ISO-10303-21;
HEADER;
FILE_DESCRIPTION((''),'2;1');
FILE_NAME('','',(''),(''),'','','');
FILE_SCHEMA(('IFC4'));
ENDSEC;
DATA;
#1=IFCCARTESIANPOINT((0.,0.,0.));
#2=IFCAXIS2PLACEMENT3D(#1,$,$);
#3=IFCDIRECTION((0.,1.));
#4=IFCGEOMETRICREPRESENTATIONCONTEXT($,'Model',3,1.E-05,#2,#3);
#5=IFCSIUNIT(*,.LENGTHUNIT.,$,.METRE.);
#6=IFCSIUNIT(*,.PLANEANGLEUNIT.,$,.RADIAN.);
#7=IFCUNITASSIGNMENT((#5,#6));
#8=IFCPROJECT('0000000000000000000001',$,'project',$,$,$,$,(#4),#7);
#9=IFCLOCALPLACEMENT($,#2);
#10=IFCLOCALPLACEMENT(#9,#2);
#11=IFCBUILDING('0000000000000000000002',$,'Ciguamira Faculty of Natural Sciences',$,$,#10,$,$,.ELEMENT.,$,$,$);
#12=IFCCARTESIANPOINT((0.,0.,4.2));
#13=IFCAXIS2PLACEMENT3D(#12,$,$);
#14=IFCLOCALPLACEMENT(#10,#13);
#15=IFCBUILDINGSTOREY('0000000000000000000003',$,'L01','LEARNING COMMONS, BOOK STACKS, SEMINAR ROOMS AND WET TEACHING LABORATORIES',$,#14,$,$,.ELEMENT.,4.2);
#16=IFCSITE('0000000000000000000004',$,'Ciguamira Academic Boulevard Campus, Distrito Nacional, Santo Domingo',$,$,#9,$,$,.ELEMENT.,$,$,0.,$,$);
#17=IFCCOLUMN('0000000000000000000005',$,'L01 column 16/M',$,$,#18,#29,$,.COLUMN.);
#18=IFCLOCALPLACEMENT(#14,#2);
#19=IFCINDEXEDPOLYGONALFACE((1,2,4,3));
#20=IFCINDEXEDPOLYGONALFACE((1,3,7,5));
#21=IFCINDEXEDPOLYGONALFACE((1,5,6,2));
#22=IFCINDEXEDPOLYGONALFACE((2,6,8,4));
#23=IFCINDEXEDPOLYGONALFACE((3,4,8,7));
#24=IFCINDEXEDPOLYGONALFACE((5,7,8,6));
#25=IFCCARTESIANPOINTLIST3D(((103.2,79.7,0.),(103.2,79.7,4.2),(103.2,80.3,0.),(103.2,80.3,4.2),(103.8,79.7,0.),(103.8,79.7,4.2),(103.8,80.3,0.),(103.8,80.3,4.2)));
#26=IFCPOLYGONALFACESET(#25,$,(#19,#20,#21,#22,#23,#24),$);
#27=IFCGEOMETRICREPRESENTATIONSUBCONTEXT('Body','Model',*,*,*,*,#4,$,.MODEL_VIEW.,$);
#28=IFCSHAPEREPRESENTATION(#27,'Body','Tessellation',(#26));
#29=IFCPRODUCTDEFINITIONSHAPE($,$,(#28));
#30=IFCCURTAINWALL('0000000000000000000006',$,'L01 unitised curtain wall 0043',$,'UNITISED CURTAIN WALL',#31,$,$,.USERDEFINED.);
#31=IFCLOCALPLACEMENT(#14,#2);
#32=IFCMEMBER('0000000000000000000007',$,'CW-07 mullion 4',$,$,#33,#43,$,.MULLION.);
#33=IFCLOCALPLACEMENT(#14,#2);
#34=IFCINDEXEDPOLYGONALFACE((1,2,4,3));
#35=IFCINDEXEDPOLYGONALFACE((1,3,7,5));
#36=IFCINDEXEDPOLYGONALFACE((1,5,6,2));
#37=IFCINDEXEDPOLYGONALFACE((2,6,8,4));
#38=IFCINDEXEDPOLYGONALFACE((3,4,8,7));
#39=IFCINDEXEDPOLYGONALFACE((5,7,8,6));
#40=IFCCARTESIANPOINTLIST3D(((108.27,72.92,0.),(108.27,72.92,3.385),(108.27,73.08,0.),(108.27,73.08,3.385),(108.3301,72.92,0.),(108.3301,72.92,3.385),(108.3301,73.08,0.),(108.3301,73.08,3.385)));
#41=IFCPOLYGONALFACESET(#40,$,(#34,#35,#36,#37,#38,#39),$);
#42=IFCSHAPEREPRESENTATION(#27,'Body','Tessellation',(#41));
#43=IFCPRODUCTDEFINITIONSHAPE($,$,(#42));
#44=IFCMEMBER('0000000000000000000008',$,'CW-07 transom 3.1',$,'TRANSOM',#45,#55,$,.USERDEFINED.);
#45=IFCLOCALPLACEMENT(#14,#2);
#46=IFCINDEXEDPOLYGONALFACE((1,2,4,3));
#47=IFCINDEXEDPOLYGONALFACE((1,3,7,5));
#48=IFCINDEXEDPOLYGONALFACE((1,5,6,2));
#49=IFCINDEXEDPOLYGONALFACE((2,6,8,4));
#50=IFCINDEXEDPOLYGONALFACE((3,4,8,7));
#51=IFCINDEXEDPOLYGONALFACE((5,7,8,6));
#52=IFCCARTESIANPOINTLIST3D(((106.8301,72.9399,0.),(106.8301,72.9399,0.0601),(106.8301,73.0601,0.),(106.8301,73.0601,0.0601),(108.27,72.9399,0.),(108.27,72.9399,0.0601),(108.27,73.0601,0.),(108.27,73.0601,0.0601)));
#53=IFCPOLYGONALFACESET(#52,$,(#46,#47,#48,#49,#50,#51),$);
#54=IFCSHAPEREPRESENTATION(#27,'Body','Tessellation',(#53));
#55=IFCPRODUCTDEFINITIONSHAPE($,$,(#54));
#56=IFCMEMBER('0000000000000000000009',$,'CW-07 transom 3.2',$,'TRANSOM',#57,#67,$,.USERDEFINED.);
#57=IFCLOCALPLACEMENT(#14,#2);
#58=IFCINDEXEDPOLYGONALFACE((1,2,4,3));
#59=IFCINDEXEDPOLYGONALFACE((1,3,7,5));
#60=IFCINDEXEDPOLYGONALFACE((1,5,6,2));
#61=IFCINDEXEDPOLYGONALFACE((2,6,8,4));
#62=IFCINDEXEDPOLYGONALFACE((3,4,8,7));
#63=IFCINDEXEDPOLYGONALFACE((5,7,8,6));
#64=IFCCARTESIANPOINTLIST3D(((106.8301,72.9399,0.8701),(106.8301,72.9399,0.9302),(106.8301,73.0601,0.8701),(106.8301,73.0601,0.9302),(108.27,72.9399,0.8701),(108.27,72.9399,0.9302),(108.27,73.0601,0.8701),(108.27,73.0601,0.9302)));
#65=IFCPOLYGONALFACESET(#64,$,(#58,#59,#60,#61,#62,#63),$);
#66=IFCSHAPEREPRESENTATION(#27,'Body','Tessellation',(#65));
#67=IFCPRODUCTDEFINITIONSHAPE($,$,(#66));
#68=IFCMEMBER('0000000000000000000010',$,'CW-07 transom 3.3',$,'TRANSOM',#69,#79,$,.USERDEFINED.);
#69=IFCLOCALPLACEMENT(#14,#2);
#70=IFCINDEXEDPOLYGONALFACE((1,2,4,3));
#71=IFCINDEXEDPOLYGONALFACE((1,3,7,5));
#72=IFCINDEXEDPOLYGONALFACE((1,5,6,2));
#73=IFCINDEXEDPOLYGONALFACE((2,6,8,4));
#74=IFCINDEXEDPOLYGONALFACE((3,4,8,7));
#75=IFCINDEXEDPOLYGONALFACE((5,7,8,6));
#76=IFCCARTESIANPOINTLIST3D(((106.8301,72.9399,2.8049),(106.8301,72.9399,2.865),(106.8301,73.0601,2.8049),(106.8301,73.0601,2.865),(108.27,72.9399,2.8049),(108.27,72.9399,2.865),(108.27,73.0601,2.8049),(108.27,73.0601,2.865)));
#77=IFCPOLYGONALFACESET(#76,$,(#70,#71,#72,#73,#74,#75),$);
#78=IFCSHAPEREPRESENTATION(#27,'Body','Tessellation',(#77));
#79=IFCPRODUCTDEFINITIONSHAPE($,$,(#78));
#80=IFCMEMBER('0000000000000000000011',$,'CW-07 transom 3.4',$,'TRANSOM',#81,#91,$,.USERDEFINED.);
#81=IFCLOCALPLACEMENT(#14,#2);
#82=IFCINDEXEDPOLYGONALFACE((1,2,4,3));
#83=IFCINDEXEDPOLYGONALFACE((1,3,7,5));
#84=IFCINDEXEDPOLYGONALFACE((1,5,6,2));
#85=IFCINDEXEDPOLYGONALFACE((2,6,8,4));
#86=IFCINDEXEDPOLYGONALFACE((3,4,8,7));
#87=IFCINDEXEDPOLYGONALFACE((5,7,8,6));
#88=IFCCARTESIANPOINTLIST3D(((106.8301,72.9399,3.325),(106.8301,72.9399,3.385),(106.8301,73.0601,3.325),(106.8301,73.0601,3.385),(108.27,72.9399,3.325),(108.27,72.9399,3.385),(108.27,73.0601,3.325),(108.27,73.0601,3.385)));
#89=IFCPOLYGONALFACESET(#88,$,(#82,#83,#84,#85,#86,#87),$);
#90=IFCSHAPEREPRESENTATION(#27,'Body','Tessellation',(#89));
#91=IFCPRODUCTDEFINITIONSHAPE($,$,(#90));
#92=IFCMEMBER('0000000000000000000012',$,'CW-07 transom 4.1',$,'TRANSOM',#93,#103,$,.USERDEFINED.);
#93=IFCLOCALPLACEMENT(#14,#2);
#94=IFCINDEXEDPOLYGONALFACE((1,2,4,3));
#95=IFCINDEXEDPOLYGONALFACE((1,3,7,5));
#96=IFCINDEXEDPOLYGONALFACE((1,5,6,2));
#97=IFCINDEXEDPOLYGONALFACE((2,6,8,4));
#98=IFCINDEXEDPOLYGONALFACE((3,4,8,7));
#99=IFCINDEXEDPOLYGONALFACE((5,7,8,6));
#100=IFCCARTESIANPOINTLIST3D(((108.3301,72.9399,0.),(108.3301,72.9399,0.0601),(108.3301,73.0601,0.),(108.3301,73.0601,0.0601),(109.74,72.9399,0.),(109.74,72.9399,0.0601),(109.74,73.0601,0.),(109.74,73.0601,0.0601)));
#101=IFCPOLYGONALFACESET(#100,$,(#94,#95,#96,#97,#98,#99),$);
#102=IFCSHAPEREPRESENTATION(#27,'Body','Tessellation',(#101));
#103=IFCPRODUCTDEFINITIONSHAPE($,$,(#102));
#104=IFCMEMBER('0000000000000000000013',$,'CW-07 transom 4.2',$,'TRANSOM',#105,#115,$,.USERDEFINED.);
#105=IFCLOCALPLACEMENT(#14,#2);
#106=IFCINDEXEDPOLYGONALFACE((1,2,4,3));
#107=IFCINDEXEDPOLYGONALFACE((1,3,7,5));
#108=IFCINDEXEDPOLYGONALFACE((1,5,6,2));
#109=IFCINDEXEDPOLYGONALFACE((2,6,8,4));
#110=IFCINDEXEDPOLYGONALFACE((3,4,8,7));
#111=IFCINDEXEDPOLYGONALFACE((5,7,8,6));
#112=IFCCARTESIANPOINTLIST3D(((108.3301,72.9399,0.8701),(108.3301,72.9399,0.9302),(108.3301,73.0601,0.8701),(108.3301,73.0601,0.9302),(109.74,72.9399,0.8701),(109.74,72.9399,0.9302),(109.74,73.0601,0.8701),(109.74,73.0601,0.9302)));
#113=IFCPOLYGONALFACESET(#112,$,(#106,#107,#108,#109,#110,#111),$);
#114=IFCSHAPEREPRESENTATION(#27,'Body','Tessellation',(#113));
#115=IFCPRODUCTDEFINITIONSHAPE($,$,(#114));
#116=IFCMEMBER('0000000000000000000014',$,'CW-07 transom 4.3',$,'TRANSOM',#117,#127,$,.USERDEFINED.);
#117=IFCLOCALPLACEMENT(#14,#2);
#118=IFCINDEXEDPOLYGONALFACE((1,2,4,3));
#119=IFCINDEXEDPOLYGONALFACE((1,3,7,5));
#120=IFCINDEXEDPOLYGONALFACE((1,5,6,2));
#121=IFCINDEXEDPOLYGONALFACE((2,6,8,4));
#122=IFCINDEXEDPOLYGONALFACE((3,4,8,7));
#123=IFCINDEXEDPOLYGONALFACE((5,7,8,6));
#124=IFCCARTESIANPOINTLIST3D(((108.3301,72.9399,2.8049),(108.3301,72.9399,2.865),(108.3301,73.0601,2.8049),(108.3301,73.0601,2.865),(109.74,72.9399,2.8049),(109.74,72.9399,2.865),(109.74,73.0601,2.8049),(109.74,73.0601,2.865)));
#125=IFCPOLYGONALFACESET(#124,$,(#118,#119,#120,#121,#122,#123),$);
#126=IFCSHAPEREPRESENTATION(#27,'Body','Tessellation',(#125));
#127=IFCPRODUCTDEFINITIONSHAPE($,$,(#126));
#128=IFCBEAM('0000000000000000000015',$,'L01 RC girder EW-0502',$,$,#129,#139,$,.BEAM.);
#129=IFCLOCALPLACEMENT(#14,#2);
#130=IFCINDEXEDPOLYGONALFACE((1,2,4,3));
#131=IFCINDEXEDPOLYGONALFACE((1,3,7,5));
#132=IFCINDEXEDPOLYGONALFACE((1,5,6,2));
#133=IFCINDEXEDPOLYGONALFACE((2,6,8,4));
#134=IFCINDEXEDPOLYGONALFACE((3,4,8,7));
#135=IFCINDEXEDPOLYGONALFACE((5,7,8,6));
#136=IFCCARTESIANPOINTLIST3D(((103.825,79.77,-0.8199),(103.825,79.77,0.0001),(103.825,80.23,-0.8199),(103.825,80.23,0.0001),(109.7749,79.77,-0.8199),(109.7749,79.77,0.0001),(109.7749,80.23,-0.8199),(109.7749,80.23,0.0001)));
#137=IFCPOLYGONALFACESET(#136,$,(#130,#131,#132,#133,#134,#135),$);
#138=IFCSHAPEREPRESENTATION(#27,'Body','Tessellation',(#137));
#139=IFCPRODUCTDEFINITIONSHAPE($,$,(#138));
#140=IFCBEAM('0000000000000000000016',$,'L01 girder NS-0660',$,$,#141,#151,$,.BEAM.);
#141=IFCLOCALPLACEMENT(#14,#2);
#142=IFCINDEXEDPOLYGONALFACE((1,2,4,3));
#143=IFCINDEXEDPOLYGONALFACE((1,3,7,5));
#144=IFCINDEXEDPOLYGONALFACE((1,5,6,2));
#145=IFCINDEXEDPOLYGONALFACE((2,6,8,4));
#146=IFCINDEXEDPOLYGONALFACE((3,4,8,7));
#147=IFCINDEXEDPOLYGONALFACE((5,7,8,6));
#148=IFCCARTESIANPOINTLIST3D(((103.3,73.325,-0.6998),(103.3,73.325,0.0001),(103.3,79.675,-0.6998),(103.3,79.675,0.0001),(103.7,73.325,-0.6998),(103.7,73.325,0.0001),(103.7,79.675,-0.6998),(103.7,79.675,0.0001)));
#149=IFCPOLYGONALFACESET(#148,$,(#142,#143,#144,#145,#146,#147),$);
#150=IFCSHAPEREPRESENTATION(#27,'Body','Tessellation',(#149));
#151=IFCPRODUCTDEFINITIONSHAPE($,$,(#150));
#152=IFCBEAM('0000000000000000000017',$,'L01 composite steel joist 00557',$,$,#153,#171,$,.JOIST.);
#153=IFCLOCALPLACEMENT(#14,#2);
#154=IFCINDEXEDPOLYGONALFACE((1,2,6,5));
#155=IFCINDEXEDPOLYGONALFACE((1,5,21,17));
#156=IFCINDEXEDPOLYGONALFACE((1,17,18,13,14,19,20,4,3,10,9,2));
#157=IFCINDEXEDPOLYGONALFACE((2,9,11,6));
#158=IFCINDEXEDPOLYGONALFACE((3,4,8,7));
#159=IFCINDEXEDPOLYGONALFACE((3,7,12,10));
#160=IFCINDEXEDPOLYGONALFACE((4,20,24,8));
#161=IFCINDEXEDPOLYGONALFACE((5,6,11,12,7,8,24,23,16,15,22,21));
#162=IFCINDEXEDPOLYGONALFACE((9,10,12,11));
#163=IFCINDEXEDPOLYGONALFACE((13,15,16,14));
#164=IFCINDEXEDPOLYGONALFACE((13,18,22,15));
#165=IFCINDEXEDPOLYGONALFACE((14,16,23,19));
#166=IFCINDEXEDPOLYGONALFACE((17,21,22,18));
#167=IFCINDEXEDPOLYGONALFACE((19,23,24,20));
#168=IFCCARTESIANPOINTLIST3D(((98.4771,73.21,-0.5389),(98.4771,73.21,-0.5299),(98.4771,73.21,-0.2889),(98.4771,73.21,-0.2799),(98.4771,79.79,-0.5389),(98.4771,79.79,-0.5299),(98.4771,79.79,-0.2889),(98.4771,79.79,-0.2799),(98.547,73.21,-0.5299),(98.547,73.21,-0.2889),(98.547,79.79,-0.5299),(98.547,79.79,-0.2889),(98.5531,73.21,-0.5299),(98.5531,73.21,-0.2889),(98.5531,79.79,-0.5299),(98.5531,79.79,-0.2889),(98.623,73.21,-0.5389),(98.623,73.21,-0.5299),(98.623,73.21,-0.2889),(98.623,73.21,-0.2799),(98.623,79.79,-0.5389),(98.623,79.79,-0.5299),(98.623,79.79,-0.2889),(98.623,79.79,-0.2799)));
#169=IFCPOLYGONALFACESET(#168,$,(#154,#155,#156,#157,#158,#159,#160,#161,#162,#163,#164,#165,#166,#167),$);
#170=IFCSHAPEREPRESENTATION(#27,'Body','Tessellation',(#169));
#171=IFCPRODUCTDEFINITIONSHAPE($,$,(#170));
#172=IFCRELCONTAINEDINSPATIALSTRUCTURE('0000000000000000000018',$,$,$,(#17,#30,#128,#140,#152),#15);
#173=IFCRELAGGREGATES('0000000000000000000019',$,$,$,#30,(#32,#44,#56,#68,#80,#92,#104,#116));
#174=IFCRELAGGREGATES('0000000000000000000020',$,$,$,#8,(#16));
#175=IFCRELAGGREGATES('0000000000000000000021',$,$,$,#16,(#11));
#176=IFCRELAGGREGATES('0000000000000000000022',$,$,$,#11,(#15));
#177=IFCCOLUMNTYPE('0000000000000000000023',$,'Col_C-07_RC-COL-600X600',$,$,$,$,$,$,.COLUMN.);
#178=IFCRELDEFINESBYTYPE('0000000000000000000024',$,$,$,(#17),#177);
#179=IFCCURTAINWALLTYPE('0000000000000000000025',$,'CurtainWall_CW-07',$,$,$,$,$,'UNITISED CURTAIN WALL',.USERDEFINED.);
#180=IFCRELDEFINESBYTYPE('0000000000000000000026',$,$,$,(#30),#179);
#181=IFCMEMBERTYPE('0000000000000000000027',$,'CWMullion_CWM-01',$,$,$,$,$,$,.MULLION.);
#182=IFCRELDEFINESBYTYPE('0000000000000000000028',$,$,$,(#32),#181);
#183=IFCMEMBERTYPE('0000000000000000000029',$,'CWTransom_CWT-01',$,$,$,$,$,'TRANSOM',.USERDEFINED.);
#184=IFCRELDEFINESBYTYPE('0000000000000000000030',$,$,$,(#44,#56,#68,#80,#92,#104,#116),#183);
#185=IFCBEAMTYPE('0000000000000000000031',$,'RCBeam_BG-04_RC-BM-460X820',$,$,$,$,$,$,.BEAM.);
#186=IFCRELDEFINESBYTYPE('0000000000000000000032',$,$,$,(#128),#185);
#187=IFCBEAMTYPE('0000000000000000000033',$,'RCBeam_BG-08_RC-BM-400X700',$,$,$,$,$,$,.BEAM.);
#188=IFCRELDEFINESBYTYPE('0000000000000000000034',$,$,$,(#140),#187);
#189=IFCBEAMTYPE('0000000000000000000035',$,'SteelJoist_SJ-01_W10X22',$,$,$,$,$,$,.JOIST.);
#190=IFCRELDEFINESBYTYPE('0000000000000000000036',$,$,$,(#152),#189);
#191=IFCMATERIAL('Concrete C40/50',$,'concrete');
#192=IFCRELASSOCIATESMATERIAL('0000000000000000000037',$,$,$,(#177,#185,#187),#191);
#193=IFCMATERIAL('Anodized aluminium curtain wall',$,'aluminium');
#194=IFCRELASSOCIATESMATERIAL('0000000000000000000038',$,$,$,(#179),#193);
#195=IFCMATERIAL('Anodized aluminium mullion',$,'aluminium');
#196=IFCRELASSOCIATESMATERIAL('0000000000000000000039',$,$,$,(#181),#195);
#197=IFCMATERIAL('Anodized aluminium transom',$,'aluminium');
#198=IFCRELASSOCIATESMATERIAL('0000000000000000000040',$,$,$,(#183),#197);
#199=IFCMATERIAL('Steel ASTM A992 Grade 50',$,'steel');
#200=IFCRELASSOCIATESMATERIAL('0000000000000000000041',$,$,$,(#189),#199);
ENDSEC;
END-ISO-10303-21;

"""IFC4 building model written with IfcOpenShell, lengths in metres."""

from ifc_helpers import new_model, si_unit, direction, frame, origin, origin_2d, place, context, subcontext, project, spatial, rectangle, i_section, extrude, material, material_profile, profile_set, type_object, element, aggregate, save


model = new_model("IFC4")

# Units and contexts
model_context = context("Model", 3, precision=1e-05, world=origin(), true_north=direction((0.0, 1.0)))
body_context = subcontext(model_context, "Body", "Model", "MODEL_VIEW")
ifc_project = project(units=[si_unit("LENGTHUNIT", "METRE"), si_unit("PLANEANGLEUNIT", "RADIAN")], contexts=[model_context])

# Site, building, storey
site_placement = place(None, origin())
site = spatial("IfcSite", under=ifc_project, at=site_placement, Name="Ciguamira Academic Boulevard Campus, Distrito Nacional, Santo Domingo", CompositionType="ELEMENT", RefElevation=0.0)
building_placement = place(site_placement, origin())
building = spatial("IfcBuilding", under=site, at=building_placement, Name="Ciguamira Faculty of Natural Sciences", CompositionType="ELEMENT")
storey_placement = place(building_placement, frame((0.0, 0.0, 4.2)))
storey = spatial("IfcBuildingStorey", under=building, at=storey_placement, Name="L01", Description="LEARNING COMMONS, BOOK STACKS, SEMINAR ROOMS AND WET TEACHING LABORATORIES", CompositionType="ELEMENT", Elevation=4.2)

# Column
ifc_material_1 = material(Name="Concrete C40/50", Category="concrete")
ifc_material_profile_1 = material_profile(ifc_material_1, rectangle(XDim=0.6001, YDim=0.6001, at=origin_2d()), Name="RC-COL-600X600")
ifc_profile_set_1 = profile_set([ifc_material_profile_1], Name="Concrete C40/50")
column_type = type_object("IfcColumnType", Name="Col_C-07_RC-COL-600X600", PredefinedType="COLUMN", material=ifc_profile_set_1)
column_placement = place(storey_placement, frame((103.5, 80.0, 0.0), z_axis=(0.0, 0.0, 1.0), x_axis=(1.0, 0.0, 0.0)))
element("IfcColumn", 1, at=column_placement, inside=storey, type_object=column_type, Name="L01 column 16/M", PredefinedType="COLUMN", context=body_context, shape_type="SweptSolid", body=[
    extrude(rectangle(XDim=0.6001, YDim=0.6001, at=origin_2d()), origin(), (0.0, 0.0, 1.0), 4.2),
])

# Curtain wall, members
ifc_material_2 = material(Name="Anodized aluminium curtain wall", Category="aluminium")
curtain_wall_type = type_object("IfcCurtainWallType", Name="CurtainWall_CW-07", ElementType="UNITISED CURTAIN WALL", PredefinedType="USERDEFINED", material=ifc_material_2)
curtain_wall_placement = place(storey_placement, origin())
curtain_wall = element("IfcCurtainWall", 2, at=curtain_wall_placement, inside=storey, type_object=curtain_wall_type, Name="L01 unitised curtain wall 0043", ObjectType="UNITISED CURTAIN WALL", PredefinedType="USERDEFINED")
ifc_material_3 = material(Name="Anodized aluminium mullion", Category="aluminium")
ifc_material_profile_2 = material_profile(ifc_material_3, rectangle(XDim=0.0601, YDim=0.1599, at=origin_2d()), Name="ALU-MUL-60X160")
ifc_profile_set_2 = profile_set([ifc_material_profile_2], Name="Anodized aluminium mullion")
member_type_1 = type_object("IfcMemberType", Name="CWMullion_CWM-01", PredefinedType="MULLION", material=ifc_profile_set_2)
member_1_placement = place(storey_placement, frame((108.3, 73.0, 0.0), z_axis=(0.0, 0.0, 1.0), x_axis=(1.0, 0.0, 0.0)))
member_1 = element("IfcMember", 3, at=member_1_placement, type_object=member_type_1, Name="CW-07 mullion 4", PredefinedType="MULLION", context=body_context, shape_type="SweptSolid", body=[
    extrude(rectangle(XDim=0.0601, YDim=0.1599, at=origin_2d()), origin(), (0.0, 0.0, 1.0), 3.385),
])
ifc_material_4 = material(Name="Anodized aluminium transom", Category="aluminium")
ifc_material_profile_3 = material_profile(ifc_material_4, rectangle(XDim=0.0601, YDim=0.1201, at=origin_2d()), Name="ALU-TRN-60X120")
ifc_profile_set_3 = profile_set([ifc_material_profile_3], Name="Anodized aluminium transom")
member_type_2 = type_object("IfcMemberType", Name="CWTransom_CWT-01", ElementType="TRANSOM", PredefinedType="USERDEFINED", material=ifc_profile_set_3)
member_2_placement = place(storey_placement, frame((106.8301, 73.0, 0.03), z_axis=(1.0, 0.0, 0.0), x_axis=(0.0, 0.0, 1.0)))
member_2 = element("IfcMember", 4, at=member_2_placement, type_object=member_type_2, Name="CW-07 transom 3.1", ObjectType="TRANSOM", PredefinedType="USERDEFINED", context=body_context, shape_type="SweptSolid", body=[
    extrude(rectangle(XDim=0.0601, YDim=0.1201, at=origin_2d()), origin(), (0.0, 0.0, 1.0), 1.4399),
])
member_3_placement = place(storey_placement, frame((106.8301, 73.0, 0.9001), z_axis=(1.0, 0.0, 0.0), x_axis=(0.0, 0.0, 1.0)))
member_3 = element("IfcMember", 5, at=member_3_placement, type_object=member_type_2, Name="CW-07 transom 3.2", ObjectType="TRANSOM", PredefinedType="USERDEFINED", context=body_context, shape_type="SweptSolid", body=[
    extrude(rectangle(XDim=0.0601, YDim=0.1201, at=origin_2d()), origin(), (0.0, 0.0, 1.0), 1.4399),
])
member_4_placement = place(storey_placement, frame((106.8301, 73.0, 2.835), z_axis=(1.0, 0.0, 0.0), x_axis=(0.0, 0.0, 1.0)))
member_4 = element("IfcMember", 6, at=member_4_placement, type_object=member_type_2, Name="CW-07 transom 3.3", ObjectType="TRANSOM", PredefinedType="USERDEFINED", context=body_context, shape_type="SweptSolid", body=[
    extrude(rectangle(XDim=0.0601, YDim=0.1201, at=origin_2d()), origin(), (0.0, 0.0, 1.0), 1.4399),
])
member_5_placement = place(storey_placement, frame((106.8301, 73.0, 3.355), z_axis=(1.0, 0.0, 0.0), x_axis=(0.0, 0.0, 1.0)))
member_5 = element("IfcMember", 7, at=member_5_placement, type_object=member_type_2, Name="CW-07 transom 3.4", ObjectType="TRANSOM", PredefinedType="USERDEFINED", context=body_context, shape_type="SweptSolid", body=[
    extrude(rectangle(XDim=0.0601, YDim=0.1201, at=origin_2d()), origin(), (0.0, 0.0, 1.0), 1.4399),
])
member_6_placement = place(storey_placement, frame((108.3301, 73.0, 0.03), z_axis=(1.0, 0.0, 0.0), x_axis=(0.0, 0.0, 1.0)))
member_6 = element("IfcMember", 8, at=member_6_placement, type_object=member_type_2, Name="CW-07 transom 4.1", ObjectType="TRANSOM", PredefinedType="USERDEFINED", context=body_context, shape_type="SweptSolid", body=[
    extrude(rectangle(XDim=0.0601, YDim=0.1201, at=origin_2d()), origin(), (0.0, 0.0, 1.0), 1.4099),
])
member_7_placement = place(storey_placement, frame((108.3301, 73.0, 0.9001), z_axis=(1.0, 0.0, 0.0), x_axis=(0.0, 0.0, 1.0)))
member_7 = element("IfcMember", 9, at=member_7_placement, type_object=member_type_2, Name="CW-07 transom 4.2", ObjectType="TRANSOM", PredefinedType="USERDEFINED", context=body_context, shape_type="SweptSolid", body=[
    extrude(rectangle(XDim=0.0601, YDim=0.1201, at=origin_2d()), origin(), (0.0, 0.0, 1.0), 1.4099),
])
member_8_placement = place(storey_placement, frame((108.3301, 73.0, 2.835), z_axis=(1.0, 0.0, 0.0), x_axis=(0.0, 0.0, 1.0)))
member_8 = element("IfcMember", 10, at=member_8_placement, type_object=member_type_2, Name="CW-07 transom 4.3", ObjectType="TRANSOM", PredefinedType="USERDEFINED", context=body_context, shape_type="SweptSolid", body=[
    extrude(rectangle(XDim=0.0601, YDim=0.1201, at=origin_2d()), origin(), (0.0, 0.0, 1.0), 1.4099),
])

# Beams
ifc_material_profile_4 = material_profile(ifc_material_1, rectangle(XDim=0.46, YDim=0.8201, at=origin_2d()), Name="RC-BM-460X820")
ifc_profile_set_4 = profile_set([ifc_material_profile_4], Name="Concrete C40/50")
beam_type_1 = type_object("IfcBeamType", Name="RCBeam_BG-04_RC-BM-460X820", PredefinedType="BEAM", material=ifc_profile_set_4)
beam_1_placement = place(storey_placement, frame((103.825, 80.0, -0.4099), z_axis=(1.0, 0.0, 0.0), x_axis=(0.0, 1.0, 0.0)))
element("IfcBeam", 11, at=beam_1_placement, inside=storey, type_object=beam_type_1, Name="L01 RC girder EW-0502", PredefinedType="BEAM", context=body_context, shape_type="SweptSolid", body=[
    extrude(rectangle(XDim=0.46, YDim=0.8201, at=origin_2d()), origin(), (0.0, 0.0, 1.0), 5.95),
])
ifc_material_profile_5 = material_profile(ifc_material_1, rectangle(XDim=0.3999, YDim=0.7, at=origin_2d()), Name="RC-BM-400X700")
ifc_profile_set_5 = profile_set([ifc_material_profile_5], Name="Concrete C40/50")
beam_type_2 = type_object("IfcBeamType", Name="RCBeam_BG-08_RC-BM-400X700", PredefinedType="BEAM", material=ifc_profile_set_5)
beam_2_placement = place(storey_placement, frame((103.5, 73.325, -0.3499), z_axis=(0.0, 1.0, 0.0), x_axis=(-1.0, 0.0, 0.0)))
element("IfcBeam", 12, at=beam_2_placement, inside=storey, type_object=beam_type_2, Name="L01 girder NS-0660", PredefinedType="BEAM", context=body_context, shape_type="SweptSolid", body=[
    extrude(rectangle(XDim=0.3999, YDim=0.7, at=origin_2d()), origin(), (0.0, 0.0, 1.0), 6.3501),
])
ifc_material_5 = material(Name="Steel ASTM A992 Grade 50", Category="steel")
ifc_material_profile_6 = material_profile(ifc_material_5, i_section(OverallWidth=0.146, OverallDepth=0.259, WebThickness=0.0061, FlangeThickness=0.009, at=origin_2d()), Name="W10X22")
ifc_profile_set_6 = profile_set([ifc_material_profile_6], Name="Steel ASTM A992 Grade 50")
beam_type_3 = type_object("IfcBeamType", Name="SteelJoist_SJ-01_W10X22", PredefinedType="JOIST", material=ifc_profile_set_6)
beam_3_placement = place(storey_placement, frame((98.55, 73.21, -0.4094), z_axis=(0.0, 1.0, 0.0), x_axis=(-1.0, 0.0, 0.0)))
element("IfcBeam", 13, at=beam_3_placement, inside=storey, type_object=beam_type_3, Name="L01 composite steel joist 00557", PredefinedType="JOIST", context=body_context, shape_type="SweptSolid", body=[
    extrude(i_section(OverallWidth=0.146, OverallDepth=0.259, WebThickness=0.0061, FlangeThickness=0.009, at=origin_2d()), origin(), (0.0, 0.0, 1.0), 6.5801),
])

aggregate(curtain_wall, [member_1, member_2, member_3, member_4, member_5, member_6, member_7, member_8])

save(model, "model.ifc")
